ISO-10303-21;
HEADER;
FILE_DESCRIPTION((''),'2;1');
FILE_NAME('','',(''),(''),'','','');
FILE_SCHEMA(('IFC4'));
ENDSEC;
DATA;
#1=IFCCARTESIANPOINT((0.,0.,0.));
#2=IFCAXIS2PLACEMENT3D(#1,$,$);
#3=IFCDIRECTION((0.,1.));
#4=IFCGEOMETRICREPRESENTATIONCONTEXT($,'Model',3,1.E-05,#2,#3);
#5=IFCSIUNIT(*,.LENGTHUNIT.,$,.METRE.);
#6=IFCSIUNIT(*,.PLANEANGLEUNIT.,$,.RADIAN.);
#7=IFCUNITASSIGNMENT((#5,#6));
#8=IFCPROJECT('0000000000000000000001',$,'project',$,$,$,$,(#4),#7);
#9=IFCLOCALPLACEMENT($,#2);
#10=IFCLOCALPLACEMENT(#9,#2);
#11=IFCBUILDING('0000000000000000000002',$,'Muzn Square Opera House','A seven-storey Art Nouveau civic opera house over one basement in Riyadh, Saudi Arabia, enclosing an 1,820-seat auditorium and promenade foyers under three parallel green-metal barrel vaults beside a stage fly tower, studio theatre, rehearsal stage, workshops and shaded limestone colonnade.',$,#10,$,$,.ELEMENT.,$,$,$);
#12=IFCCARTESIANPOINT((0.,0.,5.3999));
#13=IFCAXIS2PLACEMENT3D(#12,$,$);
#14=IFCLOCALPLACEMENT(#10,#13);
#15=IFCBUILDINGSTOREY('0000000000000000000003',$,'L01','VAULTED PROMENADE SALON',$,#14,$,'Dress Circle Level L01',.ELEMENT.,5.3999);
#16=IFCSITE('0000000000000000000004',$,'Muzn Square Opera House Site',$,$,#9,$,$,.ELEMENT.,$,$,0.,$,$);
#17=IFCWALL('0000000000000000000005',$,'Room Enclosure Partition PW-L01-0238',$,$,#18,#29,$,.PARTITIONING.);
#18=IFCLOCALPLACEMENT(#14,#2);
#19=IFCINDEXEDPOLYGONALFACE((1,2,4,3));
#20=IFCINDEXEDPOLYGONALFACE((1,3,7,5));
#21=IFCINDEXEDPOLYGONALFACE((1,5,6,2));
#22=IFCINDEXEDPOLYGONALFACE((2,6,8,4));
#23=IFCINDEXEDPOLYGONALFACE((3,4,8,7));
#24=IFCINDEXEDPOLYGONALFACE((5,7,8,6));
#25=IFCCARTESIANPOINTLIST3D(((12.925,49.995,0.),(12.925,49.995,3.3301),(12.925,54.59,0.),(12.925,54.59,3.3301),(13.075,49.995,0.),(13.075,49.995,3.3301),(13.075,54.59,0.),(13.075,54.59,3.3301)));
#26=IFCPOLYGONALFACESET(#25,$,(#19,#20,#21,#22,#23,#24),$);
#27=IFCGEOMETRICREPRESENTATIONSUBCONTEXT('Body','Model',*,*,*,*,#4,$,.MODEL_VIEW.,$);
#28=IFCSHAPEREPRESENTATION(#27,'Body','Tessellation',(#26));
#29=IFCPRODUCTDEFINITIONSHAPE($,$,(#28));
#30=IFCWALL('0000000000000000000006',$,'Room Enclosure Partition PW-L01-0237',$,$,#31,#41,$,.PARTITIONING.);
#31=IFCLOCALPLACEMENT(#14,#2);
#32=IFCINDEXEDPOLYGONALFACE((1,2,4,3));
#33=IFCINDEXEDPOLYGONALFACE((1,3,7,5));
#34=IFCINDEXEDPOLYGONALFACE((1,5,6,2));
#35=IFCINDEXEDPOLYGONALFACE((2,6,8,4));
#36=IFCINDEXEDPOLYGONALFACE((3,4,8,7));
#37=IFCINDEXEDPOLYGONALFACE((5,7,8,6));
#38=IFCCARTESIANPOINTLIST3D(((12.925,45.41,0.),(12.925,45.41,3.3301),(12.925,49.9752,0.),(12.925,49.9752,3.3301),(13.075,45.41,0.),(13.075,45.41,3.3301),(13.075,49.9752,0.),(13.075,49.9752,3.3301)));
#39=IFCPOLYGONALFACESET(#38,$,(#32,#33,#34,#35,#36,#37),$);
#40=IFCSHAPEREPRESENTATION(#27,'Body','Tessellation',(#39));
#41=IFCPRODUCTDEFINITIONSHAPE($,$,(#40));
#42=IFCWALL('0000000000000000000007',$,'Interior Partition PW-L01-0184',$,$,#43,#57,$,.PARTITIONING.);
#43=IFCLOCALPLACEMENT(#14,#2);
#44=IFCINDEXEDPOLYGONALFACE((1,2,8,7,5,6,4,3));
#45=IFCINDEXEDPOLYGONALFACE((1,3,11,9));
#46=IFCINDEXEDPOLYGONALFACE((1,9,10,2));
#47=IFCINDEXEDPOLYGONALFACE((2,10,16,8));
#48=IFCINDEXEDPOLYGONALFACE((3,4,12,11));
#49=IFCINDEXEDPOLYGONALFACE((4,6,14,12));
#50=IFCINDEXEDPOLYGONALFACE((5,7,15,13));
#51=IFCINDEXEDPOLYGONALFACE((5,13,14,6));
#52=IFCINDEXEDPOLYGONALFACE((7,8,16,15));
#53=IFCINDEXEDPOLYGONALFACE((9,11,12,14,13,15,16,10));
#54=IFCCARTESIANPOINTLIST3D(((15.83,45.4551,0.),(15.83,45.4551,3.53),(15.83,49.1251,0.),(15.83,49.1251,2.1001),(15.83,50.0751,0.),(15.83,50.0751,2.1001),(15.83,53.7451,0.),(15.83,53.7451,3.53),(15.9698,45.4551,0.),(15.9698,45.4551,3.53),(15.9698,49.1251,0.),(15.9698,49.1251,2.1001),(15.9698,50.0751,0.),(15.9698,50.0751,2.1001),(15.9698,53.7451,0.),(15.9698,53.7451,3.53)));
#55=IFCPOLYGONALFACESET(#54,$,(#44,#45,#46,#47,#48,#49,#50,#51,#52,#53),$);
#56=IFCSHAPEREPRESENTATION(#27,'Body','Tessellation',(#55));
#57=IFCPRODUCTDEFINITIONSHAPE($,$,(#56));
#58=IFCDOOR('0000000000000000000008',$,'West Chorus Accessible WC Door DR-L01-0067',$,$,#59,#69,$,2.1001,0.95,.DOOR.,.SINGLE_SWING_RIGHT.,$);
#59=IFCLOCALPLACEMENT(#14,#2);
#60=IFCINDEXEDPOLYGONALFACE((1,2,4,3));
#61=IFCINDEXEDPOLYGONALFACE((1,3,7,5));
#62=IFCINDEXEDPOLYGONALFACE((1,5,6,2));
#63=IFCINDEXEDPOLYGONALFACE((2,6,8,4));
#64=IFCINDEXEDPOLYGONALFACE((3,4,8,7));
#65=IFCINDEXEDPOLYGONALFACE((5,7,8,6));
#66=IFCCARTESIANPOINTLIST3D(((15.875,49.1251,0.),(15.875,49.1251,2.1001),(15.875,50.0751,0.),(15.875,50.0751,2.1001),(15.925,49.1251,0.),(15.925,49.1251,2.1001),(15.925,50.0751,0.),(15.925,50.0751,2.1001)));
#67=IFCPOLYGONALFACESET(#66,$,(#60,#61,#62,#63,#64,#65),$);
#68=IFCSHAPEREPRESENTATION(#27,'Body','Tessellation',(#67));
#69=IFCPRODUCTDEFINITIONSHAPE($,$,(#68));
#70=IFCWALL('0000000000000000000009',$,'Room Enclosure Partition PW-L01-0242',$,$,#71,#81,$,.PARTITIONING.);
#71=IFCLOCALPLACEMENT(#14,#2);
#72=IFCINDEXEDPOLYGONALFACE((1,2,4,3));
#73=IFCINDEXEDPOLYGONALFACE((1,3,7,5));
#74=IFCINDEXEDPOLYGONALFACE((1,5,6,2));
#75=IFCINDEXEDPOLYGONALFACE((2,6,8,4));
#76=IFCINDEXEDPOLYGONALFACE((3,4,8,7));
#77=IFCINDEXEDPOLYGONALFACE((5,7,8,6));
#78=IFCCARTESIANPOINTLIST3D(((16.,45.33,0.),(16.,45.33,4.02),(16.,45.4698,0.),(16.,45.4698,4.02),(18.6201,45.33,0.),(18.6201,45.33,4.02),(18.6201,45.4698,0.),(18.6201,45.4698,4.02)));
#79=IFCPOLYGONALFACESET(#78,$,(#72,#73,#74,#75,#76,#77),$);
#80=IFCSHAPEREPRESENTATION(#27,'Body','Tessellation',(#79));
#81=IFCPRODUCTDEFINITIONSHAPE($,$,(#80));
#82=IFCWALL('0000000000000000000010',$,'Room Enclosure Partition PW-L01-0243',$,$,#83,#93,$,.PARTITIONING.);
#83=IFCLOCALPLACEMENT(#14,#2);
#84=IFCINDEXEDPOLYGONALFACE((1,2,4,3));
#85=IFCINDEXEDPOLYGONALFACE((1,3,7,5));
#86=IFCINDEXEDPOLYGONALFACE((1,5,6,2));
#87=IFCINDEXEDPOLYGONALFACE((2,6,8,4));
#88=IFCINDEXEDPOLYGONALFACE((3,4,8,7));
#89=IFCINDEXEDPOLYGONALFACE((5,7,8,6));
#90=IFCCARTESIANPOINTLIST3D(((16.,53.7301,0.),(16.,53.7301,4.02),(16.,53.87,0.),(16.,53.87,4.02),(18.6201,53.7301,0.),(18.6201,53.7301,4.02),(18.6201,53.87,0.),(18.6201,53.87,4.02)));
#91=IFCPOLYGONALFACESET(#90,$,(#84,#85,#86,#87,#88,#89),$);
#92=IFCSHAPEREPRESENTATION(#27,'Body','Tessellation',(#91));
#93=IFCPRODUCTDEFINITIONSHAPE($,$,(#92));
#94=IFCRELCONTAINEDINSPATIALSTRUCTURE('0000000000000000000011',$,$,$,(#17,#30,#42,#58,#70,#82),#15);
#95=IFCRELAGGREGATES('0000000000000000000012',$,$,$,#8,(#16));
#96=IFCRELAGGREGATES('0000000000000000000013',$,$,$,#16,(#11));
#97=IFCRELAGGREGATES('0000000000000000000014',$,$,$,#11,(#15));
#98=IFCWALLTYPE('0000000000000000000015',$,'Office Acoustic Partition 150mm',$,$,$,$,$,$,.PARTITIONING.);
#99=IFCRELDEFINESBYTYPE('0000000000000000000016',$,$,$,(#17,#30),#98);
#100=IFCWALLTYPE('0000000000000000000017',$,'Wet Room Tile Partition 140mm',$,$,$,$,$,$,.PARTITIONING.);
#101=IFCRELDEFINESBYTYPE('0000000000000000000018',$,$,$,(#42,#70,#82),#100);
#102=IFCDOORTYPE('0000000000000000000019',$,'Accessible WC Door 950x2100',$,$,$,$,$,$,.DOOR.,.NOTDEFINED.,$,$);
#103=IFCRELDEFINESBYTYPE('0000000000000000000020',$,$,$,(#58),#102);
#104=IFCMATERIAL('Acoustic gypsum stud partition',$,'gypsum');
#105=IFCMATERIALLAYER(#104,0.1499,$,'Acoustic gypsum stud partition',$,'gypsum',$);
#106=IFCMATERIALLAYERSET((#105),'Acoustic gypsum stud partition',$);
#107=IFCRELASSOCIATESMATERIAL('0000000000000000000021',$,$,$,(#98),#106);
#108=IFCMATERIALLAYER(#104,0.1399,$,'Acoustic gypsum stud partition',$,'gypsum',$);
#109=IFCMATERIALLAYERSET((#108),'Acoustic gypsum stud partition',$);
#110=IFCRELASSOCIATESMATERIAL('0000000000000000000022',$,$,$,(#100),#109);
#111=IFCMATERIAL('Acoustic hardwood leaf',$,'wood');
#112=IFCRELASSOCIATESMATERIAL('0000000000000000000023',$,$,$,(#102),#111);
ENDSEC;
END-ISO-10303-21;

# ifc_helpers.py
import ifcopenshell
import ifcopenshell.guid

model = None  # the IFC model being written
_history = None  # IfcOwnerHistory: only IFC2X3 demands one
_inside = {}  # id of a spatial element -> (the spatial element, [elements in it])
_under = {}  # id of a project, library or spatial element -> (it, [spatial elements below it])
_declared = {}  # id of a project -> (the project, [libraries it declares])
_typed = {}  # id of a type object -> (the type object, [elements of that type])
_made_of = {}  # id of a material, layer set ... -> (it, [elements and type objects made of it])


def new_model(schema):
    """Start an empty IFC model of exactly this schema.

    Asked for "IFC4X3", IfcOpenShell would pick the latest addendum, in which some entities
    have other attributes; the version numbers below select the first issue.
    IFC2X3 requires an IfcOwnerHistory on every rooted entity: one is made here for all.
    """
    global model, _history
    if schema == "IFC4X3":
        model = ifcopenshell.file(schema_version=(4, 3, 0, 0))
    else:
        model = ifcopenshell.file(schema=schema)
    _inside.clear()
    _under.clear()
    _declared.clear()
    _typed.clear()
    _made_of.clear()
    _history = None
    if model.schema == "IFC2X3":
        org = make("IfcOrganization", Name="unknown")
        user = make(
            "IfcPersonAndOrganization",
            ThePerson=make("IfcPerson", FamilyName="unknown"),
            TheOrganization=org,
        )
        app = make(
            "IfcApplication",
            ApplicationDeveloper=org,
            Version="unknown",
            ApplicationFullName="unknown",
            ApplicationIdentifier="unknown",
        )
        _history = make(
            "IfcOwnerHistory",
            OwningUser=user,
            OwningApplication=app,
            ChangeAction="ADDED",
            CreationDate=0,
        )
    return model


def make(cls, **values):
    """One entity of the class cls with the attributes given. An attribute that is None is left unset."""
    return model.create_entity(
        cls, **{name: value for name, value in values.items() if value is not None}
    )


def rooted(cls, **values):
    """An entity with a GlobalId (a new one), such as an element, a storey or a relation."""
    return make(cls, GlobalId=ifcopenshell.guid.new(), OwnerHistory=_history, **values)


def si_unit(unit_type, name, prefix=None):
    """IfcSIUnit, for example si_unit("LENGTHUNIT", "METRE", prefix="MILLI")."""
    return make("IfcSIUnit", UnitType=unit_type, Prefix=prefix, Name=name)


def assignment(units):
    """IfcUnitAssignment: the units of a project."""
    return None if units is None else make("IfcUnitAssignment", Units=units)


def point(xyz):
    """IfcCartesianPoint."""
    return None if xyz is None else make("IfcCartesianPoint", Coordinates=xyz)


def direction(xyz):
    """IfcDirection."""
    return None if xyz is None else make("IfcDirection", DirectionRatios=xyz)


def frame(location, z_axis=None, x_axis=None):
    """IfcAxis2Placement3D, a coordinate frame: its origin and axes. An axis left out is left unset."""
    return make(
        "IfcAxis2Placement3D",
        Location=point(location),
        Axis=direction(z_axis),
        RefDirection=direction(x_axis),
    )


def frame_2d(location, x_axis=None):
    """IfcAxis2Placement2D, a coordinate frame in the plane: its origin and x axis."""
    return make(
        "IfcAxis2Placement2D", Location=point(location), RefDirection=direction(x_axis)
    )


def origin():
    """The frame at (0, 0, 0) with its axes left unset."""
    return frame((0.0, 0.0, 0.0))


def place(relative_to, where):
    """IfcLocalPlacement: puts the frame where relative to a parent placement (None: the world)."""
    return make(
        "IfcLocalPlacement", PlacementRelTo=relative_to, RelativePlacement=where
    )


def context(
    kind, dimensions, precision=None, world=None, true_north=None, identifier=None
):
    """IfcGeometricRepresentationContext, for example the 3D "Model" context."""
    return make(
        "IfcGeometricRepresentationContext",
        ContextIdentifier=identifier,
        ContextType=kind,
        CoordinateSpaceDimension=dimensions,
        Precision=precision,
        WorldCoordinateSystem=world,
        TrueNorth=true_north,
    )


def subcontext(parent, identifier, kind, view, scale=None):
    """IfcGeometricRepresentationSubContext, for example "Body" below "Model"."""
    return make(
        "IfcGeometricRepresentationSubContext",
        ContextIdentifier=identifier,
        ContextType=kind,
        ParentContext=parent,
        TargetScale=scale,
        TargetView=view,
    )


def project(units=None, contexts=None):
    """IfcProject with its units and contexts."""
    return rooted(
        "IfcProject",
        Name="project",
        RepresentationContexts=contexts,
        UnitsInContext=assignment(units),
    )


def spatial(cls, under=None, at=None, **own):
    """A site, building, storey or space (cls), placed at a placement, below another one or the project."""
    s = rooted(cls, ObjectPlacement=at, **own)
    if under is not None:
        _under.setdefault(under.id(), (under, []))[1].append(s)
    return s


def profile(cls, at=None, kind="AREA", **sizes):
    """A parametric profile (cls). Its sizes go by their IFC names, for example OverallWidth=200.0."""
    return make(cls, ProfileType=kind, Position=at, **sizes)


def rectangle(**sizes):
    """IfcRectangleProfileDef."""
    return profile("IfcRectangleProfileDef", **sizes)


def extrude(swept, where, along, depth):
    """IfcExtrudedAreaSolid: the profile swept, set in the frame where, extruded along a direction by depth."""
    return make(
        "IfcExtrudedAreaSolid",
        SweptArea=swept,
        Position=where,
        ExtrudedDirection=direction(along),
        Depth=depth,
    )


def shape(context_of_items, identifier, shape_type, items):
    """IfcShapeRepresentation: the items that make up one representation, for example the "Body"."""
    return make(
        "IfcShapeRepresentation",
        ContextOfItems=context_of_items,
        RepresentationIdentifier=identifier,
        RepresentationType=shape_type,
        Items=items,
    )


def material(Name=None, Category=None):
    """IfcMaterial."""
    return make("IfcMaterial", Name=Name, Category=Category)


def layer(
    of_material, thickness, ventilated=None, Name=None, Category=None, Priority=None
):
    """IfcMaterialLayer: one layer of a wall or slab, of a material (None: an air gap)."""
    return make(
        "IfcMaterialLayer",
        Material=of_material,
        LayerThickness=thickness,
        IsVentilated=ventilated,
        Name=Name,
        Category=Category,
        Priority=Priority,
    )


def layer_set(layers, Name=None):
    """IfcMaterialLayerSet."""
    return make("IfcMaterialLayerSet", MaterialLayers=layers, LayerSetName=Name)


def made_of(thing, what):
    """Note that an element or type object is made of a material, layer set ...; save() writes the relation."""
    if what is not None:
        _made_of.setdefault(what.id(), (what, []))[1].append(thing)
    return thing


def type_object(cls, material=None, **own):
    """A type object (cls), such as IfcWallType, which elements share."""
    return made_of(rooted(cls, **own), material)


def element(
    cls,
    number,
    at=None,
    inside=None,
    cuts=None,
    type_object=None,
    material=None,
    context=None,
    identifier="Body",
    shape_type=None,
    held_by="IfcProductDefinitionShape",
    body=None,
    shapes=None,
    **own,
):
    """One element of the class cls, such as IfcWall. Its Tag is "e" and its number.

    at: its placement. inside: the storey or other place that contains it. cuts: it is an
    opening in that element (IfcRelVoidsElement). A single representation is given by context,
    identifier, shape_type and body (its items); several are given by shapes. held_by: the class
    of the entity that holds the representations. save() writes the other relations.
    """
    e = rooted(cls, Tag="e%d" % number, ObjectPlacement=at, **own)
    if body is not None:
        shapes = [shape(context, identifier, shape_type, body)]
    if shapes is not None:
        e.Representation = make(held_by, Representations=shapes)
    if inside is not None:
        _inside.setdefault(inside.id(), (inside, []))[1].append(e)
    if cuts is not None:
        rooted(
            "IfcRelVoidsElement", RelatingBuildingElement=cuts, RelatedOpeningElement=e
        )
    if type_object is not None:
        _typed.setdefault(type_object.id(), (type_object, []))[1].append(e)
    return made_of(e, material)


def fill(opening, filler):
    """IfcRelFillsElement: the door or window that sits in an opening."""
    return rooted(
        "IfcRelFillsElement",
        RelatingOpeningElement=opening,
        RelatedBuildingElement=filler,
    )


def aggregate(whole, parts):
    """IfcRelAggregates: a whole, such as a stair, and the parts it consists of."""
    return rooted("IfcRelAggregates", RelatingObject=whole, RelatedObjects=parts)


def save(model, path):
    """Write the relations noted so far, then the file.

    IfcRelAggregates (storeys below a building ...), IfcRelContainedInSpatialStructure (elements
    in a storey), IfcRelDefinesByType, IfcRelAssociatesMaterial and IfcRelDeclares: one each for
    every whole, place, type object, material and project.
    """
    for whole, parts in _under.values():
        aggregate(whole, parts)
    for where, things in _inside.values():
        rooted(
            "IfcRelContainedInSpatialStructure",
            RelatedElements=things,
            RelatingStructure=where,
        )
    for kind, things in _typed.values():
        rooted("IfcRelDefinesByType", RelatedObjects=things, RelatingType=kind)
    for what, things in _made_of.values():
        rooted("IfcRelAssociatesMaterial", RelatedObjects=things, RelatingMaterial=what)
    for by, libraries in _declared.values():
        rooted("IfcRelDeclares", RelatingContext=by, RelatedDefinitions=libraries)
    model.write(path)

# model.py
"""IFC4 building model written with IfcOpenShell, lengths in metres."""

from ifc_helpers import new_model, si_unit, direction, frame, frame_2d, origin, place, context, subcontext, project, spatial, rectangle, extrude, material, layer, layer_set, type_object, element, fill, save


model = new_model("IFC4")

# Units and contexts
model_context = context("Model", 3, precision=1e-05, world=origin(), true_north=direction((0.0, 1.0)))
body_context = subcontext(model_context, "Body", "Model", "MODEL_VIEW")
ifc_project = project(units=[si_unit("LENGTHUNIT", "METRE"), si_unit("PLANEANGLEUNIT", "RADIAN")], contexts=[model_context])

# Site, building, storey
site_placement = place(None, origin())
site = spatial("IfcSite", under=ifc_project, at=site_placement, Name="Muzn Square Opera House Site", CompositionType="ELEMENT", RefElevation=0.0)
building_placement = place(site_placement, origin())
building = spatial("IfcBuilding", under=site, at=building_placement, Name="Muzn Square Opera House", Description="A seven-storey Art Nouveau civic opera house over one basement in Riyadh, Saudi Arabia, enclosing an 1,820-seat auditorium and promenade foyers under three parallel green-metal barrel vaults beside a stage fly tower, studio theatre, rehearsal stage, workshops and shaded limestone colonnade.", CompositionType="ELEMENT")
storey_placement = place(building_placement, frame((0.0, 0.0, 5.3999)))
storey = spatial("IfcBuildingStorey", under=building, at=storey_placement, Name="L01", Description="VAULTED PROMENADE SALON", LongName="Dress Circle Level L01", CompositionType="ELEMENT", Elevation=5.3999)

# Walls
ifc_material_1 = material(Name="Acoustic gypsum stud partition", Category="gypsum")
ifc_layer_1 = layer(ifc_material_1, 0.1499, Name="Acoustic gypsum stud partition", Category="gypsum")
ifc_layer_set_1 = layer_set([ifc_layer_1], Name="Acoustic gypsum stud partition")
wall_type_1 = type_object("IfcWallType", Name="Office Acoustic Partition 150mm", PredefinedType="PARTITIONING", material=ifc_layer_set_1)
wall_1_placement = place(storey_placement, frame((13.0, 49.9951, 0.0), z_axis=(0.0, 0.0, 1.0), x_axis=(0.0, 1.0, 0.0)))
element("IfcWall", 1, at=wall_1_placement, inside=storey, type_object=wall_type_1, Name="Room Enclosure Partition PW-L01-0238", PredefinedType="PARTITIONING", context=body_context, shape_type="SweptSolid", body=[
    extrude(rectangle(XDim=4.595, YDim=0.1499, at=frame_2d((2.2974, 0.0))), origin(), (0.0, 0.0, 1.0), 3.3301),
])
wall_2_placement = place(storey_placement, frame((13.0, 45.4099, 0.0), z_axis=(0.0, 0.0, 1.0), x_axis=(0.0, 1.0, 0.0)))
element("IfcWall", 2, at=wall_2_placement, inside=storey, type_object=wall_type_1, Name="Room Enclosure Partition PW-L01-0237", PredefinedType="PARTITIONING", context=body_context, shape_type="SweptSolid", body=[
    extrude(rectangle(XDim=4.5652, YDim=0.1499, at=frame_2d((2.2827, 0.0))), origin(), (0.0, 0.0, 1.0), 3.3301),
])

# Wall, opening, door
ifc_layer_2 = layer(ifc_material_1, 0.1399, Name="Acoustic gypsum stud partition", Category="gypsum")
ifc_layer_set_2 = layer_set([ifc_layer_2], Name="Acoustic gypsum stud partition")
wall_type_2 = type_object("IfcWallType", Name="Wet Room Tile Partition 140mm", PredefinedType="PARTITIONING", material=ifc_layer_set_2)
wall_3_placement = place(storey_placement, frame((15.8999, 45.4551, 0.0), z_axis=(0.0, 0.0, 1.0), x_axis=(0.0, 1.0, 0.0)))
wall_3 = element("IfcWall", 3, at=wall_3_placement, inside=storey, type_object=wall_type_2, Name="Interior Partition PW-L01-0184", PredefinedType="PARTITIONING", context=body_context, shape_type="SweptSolid", body=[
    extrude(rectangle(XDim=8.29, YDim=0.1399, at=frame_2d((4.145, 0.0))), origin(), (0.0, 0.0, 1.0), 3.53),
])
opening_placement = place(wall_3_placement, frame((3.6699, 0.0, 0.0)))
opening = element("IfcOpeningElement", 4, at=opening_placement, cuts=wall_3, PredefinedType="OPENING", context=body_context, shape_type="SweptSolid", body=[
    extrude(rectangle(XDim=0.95, YDim=2.1001, at=frame_2d((0.4751, 1.05))), frame((0.0, 0.0798, 0.0), z_axis=(0.0, -1.0, 0.0), x_axis=(1.0, 0.0, 0.0)), (0.0, 0.0, 1.0), 0.1599),
])
ifc_material_2 = material(Name="Acoustic hardwood leaf", Category="wood")
door_type = type_object("IfcDoorType", Name="Accessible WC Door 950x2100", OperationType="NOTDEFINED", PredefinedType="DOOR", material=ifc_material_2)
door_placement = place(opening_placement, origin())
door = element("IfcDoor", 5, at=door_placement, inside=storey, type_object=door_type, Name="West Chorus Accessible WC Door DR-L01-0067", OperationType="SINGLE_SWING_RIGHT", OverallHeight=2.1001, OverallWidth=0.95, PredefinedType="DOOR", context=body_context, shape_type="SweptSolid", body=[
    extrude(rectangle(XDim=0.95, YDim=2.1001, at=frame_2d((0.4751, 1.05))), frame((0.0, 0.0249, 0.0), z_axis=(0.0, -1.0, 0.0), x_axis=(1.0, 0.0, 0.0)), (0.0, 0.0, 1.0), 0.05),
])
fill(opening, door)

# Walls
for number, where, z_axis, x_axis, name in (
    (6, (16.0, 45.3999, 0.0), (0.0, 0.0, 1.0), (1.0, 0.0, 0.0), "Room Enclosure Partition PW-L01-0242"),
    (7, (16.0, 53.8, 0.0), (0.0, 0.0, 1.0), (1.0, 0.0, 0.0), "Room Enclosure Partition PW-L01-0243"),
):
    element("IfcWall", number, at=place(storey_placement, frame(where, z_axis=z_axis, x_axis=x_axis)), inside=storey, type_object=wall_type_2, Name=name, PredefinedType="PARTITIONING", context=body_context, shape_type="SweptSolid", body=[
        extrude(rectangle(XDim=2.6201, YDim=0.1399, at=frame_2d((1.3101, 0.0))), origin(), (0.0, 0.0, 1.0), 4.02),
    ])

save(model, "model.ifc")
